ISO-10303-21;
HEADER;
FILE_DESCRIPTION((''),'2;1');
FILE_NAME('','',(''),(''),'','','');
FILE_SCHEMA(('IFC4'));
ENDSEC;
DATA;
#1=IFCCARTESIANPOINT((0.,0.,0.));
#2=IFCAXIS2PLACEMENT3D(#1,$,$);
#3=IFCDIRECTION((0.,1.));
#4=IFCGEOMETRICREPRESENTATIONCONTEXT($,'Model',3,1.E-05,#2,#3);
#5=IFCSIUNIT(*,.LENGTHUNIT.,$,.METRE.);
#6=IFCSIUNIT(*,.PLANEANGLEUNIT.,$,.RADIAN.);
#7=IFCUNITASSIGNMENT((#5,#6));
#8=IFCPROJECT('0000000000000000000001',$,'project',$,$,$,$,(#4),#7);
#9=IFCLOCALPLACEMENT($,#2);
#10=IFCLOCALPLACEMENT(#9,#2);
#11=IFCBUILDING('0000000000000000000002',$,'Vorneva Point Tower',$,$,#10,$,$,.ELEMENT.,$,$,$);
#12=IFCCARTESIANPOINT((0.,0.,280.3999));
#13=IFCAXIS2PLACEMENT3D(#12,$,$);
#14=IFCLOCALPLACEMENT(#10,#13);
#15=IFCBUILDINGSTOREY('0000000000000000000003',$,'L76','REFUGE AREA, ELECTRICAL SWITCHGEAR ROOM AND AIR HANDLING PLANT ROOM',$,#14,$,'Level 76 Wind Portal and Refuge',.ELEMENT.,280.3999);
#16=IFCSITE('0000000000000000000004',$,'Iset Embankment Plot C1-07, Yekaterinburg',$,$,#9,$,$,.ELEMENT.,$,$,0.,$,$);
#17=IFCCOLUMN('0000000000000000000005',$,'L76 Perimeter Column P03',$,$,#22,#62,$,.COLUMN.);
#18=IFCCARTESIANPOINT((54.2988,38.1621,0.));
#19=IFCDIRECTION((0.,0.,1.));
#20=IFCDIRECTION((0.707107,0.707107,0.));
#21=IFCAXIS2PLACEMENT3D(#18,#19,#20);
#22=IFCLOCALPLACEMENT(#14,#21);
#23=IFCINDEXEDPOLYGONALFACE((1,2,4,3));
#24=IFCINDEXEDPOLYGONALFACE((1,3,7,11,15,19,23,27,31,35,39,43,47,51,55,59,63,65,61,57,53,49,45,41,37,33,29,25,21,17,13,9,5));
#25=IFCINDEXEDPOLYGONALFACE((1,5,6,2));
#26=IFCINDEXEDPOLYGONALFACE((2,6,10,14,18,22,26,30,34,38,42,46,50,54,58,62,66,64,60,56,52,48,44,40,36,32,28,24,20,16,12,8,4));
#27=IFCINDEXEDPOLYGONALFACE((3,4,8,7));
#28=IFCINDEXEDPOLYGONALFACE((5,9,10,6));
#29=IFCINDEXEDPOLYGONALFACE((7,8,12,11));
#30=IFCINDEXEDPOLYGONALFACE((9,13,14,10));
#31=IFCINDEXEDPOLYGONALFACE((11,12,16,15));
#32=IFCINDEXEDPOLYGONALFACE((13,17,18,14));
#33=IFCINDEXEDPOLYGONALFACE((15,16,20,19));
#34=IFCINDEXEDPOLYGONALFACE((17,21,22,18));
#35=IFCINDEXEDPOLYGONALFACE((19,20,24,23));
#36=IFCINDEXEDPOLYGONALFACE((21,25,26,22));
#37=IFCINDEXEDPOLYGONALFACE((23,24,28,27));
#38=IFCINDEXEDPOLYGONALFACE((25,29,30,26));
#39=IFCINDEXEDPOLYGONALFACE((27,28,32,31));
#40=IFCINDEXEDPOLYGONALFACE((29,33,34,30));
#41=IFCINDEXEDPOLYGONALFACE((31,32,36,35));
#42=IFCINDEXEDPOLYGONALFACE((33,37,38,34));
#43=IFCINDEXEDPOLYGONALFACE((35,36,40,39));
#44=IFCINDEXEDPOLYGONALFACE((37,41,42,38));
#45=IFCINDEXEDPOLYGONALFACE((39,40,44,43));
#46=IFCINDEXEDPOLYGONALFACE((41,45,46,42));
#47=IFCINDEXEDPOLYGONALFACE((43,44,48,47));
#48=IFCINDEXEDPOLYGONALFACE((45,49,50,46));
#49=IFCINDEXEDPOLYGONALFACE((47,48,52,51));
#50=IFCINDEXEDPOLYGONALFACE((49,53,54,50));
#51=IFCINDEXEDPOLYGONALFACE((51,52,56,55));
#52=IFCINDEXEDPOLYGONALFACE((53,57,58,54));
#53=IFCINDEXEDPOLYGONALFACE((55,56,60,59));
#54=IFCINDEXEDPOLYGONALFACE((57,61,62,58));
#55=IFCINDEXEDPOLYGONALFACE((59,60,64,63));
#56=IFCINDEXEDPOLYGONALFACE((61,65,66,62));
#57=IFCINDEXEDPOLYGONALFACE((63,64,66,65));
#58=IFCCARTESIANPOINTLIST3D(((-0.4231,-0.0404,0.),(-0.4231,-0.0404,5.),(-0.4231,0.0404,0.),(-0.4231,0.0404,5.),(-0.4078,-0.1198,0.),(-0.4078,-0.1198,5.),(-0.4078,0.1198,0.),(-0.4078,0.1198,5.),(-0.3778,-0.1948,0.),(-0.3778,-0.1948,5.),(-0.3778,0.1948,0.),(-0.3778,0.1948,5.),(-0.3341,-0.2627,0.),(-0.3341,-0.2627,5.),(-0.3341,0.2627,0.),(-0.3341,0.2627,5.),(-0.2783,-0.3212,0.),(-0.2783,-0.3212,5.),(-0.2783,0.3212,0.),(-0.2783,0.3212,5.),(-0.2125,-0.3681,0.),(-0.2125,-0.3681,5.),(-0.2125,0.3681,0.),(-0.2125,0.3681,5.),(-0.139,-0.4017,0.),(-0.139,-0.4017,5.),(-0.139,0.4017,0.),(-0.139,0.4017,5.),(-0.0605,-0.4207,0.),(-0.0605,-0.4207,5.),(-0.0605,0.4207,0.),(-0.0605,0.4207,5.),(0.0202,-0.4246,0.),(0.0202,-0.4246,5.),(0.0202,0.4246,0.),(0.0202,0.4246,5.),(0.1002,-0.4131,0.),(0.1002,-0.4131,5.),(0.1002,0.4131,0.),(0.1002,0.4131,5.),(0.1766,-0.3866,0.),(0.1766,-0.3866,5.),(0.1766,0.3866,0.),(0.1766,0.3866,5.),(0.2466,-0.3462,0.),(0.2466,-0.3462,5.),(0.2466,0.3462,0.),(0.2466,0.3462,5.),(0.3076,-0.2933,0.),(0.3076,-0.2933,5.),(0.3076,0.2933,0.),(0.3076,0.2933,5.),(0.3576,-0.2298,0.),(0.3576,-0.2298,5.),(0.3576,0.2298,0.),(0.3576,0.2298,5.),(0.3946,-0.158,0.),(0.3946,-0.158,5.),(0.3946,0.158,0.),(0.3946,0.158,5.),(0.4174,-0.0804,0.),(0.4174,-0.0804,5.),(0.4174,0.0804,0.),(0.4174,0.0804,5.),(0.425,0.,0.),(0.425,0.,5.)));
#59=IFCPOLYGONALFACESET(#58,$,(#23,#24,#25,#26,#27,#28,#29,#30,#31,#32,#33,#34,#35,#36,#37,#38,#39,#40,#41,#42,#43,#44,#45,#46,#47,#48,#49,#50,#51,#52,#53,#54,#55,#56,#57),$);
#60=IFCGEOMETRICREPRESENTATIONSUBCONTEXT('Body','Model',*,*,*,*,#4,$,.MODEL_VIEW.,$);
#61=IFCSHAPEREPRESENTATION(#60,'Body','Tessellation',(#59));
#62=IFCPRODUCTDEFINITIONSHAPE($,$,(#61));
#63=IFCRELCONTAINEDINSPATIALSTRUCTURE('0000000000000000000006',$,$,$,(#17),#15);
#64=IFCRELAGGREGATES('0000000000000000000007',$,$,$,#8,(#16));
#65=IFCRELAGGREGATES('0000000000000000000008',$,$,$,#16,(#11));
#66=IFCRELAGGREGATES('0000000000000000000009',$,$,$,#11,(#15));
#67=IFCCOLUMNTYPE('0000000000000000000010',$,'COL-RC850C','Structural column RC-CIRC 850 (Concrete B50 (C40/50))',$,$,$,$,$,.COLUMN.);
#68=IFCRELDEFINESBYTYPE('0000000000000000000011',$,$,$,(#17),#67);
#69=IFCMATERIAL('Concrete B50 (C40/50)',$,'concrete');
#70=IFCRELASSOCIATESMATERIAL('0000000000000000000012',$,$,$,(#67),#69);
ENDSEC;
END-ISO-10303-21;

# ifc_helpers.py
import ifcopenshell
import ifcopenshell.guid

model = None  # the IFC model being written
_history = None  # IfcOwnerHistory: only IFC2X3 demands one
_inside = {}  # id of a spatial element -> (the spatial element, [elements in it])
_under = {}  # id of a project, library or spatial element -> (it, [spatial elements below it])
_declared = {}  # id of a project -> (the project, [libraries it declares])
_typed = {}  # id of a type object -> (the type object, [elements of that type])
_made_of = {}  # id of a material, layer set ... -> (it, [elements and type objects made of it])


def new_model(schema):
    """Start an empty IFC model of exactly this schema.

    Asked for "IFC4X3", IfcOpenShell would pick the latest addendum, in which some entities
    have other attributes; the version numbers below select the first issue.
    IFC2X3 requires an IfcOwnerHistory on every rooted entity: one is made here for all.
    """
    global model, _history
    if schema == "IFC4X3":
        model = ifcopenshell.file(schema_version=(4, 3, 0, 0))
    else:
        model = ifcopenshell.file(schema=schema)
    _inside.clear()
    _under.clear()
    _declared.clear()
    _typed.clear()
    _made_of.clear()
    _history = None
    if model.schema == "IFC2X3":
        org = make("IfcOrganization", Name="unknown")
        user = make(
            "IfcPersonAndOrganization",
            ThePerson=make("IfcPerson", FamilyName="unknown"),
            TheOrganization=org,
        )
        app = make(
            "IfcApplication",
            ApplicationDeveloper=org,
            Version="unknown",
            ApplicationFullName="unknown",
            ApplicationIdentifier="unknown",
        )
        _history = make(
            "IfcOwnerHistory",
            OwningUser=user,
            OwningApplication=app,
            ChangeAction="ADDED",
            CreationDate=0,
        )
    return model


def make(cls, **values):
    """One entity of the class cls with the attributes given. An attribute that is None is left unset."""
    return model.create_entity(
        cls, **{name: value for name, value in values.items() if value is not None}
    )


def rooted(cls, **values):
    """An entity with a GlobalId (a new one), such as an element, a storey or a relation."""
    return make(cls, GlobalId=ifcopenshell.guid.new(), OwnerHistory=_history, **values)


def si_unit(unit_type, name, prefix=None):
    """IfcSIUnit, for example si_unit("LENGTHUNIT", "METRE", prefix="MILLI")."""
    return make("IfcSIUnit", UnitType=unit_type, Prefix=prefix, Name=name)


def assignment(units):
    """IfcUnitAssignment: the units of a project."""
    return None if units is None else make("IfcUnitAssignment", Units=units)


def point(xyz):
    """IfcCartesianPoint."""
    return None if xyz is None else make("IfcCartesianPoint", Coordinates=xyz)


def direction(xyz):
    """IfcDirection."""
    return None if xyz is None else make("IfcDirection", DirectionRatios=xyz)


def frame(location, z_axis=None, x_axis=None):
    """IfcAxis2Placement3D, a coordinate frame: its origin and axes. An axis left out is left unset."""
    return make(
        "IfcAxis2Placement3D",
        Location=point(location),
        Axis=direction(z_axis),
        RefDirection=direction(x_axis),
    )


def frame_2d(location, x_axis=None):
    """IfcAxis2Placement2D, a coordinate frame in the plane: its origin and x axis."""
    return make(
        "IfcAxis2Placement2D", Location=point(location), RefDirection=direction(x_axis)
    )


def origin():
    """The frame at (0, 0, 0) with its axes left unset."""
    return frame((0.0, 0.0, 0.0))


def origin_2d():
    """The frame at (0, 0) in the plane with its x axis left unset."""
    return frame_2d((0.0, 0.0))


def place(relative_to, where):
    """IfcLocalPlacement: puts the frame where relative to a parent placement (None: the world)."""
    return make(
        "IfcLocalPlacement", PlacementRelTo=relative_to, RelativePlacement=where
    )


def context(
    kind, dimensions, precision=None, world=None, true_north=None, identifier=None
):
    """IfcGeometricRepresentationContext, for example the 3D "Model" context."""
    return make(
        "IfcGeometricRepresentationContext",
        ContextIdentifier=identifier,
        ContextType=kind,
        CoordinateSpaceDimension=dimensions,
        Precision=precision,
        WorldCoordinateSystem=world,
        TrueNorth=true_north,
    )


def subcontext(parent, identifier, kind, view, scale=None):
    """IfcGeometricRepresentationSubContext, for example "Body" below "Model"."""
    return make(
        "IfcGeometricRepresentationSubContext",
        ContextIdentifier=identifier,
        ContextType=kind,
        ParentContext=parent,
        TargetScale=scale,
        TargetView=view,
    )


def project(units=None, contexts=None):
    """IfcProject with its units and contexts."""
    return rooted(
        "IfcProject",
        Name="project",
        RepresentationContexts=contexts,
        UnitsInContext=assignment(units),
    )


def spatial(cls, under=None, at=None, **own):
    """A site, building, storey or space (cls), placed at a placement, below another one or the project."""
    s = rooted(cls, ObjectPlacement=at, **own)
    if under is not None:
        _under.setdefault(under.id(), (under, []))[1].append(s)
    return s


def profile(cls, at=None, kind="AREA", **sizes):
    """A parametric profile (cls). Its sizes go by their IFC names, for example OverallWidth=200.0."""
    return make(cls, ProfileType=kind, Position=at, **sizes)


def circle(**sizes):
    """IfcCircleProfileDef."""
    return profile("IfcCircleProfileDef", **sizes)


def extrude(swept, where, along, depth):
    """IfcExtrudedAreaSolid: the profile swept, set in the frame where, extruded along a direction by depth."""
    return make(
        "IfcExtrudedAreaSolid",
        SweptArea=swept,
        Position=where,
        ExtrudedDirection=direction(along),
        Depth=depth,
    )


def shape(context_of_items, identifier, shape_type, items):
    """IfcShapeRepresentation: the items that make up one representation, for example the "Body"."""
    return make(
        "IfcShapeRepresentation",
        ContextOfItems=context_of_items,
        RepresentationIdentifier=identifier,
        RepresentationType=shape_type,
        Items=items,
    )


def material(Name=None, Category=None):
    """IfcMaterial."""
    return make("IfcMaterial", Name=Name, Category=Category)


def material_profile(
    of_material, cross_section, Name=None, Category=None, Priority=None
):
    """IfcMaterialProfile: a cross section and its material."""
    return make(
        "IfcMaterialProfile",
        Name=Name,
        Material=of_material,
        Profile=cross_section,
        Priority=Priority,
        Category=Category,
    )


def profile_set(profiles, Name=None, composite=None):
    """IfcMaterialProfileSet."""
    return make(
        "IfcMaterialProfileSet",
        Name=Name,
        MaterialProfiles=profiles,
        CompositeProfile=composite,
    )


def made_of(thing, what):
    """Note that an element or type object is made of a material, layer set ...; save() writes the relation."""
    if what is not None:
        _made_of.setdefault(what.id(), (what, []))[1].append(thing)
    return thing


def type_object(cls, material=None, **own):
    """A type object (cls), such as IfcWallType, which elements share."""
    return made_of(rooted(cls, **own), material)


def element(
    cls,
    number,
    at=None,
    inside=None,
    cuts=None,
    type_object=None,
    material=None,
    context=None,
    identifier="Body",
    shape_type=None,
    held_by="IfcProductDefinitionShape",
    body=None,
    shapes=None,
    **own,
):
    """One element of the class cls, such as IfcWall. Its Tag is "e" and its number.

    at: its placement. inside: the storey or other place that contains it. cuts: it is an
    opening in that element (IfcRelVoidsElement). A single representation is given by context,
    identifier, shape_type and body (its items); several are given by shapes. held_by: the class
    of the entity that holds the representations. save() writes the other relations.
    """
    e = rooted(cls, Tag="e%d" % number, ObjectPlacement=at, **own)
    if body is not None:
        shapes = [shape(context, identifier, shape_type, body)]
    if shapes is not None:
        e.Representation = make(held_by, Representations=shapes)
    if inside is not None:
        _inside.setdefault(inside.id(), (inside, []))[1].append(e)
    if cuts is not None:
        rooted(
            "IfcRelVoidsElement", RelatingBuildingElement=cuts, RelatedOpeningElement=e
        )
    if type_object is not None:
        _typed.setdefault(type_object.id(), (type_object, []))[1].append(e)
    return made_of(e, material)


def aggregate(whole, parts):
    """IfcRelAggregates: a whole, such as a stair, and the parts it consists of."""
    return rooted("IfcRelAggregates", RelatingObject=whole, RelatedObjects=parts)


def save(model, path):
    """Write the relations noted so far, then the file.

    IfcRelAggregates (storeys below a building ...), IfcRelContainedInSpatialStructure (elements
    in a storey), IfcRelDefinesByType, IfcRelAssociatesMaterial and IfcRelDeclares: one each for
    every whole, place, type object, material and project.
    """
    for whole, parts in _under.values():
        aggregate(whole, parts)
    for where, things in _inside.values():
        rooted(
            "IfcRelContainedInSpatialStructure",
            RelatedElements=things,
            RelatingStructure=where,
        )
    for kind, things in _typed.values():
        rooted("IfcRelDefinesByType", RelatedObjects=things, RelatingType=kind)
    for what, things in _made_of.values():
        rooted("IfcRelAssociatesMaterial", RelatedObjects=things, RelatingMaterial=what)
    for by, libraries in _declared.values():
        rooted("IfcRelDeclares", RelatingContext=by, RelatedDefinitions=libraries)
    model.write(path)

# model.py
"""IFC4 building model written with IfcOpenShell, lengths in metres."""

from ifc_helpers import new_model, si_unit, direction, frame, origin, origin_2d, place, context, subcontext, project, spatial, circle, extrude, material, material_profile, profile_set, type_object, element, save


model = new_model("IFC4")

# Units and contexts
model_context = context("Model", 3, precision=1e-05, world=origin(), true_north=direction((0.0, 1.0)))
body_context = subcontext(model_context, "Body", "Model", "MODEL_VIEW")
ifc_project = project(units=[si_unit("LENGTHUNIT", "METRE"), si_unit("PLANEANGLEUNIT", "RADIAN")], contexts=[model_context])

# Site, building, storey
site_placement = place(None, origin())
site = spatial("IfcSite", under=ifc_project, at=site_placement, Name="Iset Embankment Plot C1-07, Yekaterinburg", CompositionType="ELEMENT", RefElevation=0.0)
building_placement = place(site_placement, origin())
building = spatial("IfcBuilding", under=site, at=building_placement, Name="Vorneva Point Tower", CompositionType="ELEMENT")
storey_placement = place(building_placement, frame((0.0, 0.0, 280.3999)))
storey = spatial("IfcBuildingStorey", under=building, at=storey_placement, Name="L76", Description="REFUGE AREA, ELECTRICAL SWITCHGEAR ROOM AND AIR HANDLING PLANT ROOM", LongName="Level 76 Wind Portal and Refuge", CompositionType="ELEMENT", Elevation=280.3999)

# Column
ifc_material_1 = material(Name="Concrete B50 (C40/50)", Category="concrete")
ifc_material_profile_1 = material_profile(ifc_material_1, circle(Radius=0.425, at=origin_2d()), Name="RC-CIRC 850")
ifc_profile_set_1 = profile_set([ifc_material_profile_1], Name="Concrete B50 (C40/50)")
column_type = type_object("IfcColumnType", Name="COL-RC850C", Description="Structural column RC-CIRC 850 (Concrete B50 (C40/50))", PredefinedType="COLUMN", material=ifc_profile_set_1)
for number, where, z_axis, x_axis, name in (
    (1, (54.2988, 38.1621, 0.0), (0.0, 0.0, 1.0), (0.707107, 0.707107, 0.0), "L76 Perimeter Column P03"),
):
    element("IfcColumn", number, at=place(storey_placement, frame(where, z_axis=z_axis, x_axis=x_axis)), inside=storey, type_object=column_type, Name=name, PredefinedType="COLUMN", context=body_context, shape_type="SweptSolid", body=[
        extrude(circle(Radius=0.425, at=origin_2d()), origin(), (0.0, 0.0, 1.0), 5.0),
    ])

save(model, "model.ifc")
